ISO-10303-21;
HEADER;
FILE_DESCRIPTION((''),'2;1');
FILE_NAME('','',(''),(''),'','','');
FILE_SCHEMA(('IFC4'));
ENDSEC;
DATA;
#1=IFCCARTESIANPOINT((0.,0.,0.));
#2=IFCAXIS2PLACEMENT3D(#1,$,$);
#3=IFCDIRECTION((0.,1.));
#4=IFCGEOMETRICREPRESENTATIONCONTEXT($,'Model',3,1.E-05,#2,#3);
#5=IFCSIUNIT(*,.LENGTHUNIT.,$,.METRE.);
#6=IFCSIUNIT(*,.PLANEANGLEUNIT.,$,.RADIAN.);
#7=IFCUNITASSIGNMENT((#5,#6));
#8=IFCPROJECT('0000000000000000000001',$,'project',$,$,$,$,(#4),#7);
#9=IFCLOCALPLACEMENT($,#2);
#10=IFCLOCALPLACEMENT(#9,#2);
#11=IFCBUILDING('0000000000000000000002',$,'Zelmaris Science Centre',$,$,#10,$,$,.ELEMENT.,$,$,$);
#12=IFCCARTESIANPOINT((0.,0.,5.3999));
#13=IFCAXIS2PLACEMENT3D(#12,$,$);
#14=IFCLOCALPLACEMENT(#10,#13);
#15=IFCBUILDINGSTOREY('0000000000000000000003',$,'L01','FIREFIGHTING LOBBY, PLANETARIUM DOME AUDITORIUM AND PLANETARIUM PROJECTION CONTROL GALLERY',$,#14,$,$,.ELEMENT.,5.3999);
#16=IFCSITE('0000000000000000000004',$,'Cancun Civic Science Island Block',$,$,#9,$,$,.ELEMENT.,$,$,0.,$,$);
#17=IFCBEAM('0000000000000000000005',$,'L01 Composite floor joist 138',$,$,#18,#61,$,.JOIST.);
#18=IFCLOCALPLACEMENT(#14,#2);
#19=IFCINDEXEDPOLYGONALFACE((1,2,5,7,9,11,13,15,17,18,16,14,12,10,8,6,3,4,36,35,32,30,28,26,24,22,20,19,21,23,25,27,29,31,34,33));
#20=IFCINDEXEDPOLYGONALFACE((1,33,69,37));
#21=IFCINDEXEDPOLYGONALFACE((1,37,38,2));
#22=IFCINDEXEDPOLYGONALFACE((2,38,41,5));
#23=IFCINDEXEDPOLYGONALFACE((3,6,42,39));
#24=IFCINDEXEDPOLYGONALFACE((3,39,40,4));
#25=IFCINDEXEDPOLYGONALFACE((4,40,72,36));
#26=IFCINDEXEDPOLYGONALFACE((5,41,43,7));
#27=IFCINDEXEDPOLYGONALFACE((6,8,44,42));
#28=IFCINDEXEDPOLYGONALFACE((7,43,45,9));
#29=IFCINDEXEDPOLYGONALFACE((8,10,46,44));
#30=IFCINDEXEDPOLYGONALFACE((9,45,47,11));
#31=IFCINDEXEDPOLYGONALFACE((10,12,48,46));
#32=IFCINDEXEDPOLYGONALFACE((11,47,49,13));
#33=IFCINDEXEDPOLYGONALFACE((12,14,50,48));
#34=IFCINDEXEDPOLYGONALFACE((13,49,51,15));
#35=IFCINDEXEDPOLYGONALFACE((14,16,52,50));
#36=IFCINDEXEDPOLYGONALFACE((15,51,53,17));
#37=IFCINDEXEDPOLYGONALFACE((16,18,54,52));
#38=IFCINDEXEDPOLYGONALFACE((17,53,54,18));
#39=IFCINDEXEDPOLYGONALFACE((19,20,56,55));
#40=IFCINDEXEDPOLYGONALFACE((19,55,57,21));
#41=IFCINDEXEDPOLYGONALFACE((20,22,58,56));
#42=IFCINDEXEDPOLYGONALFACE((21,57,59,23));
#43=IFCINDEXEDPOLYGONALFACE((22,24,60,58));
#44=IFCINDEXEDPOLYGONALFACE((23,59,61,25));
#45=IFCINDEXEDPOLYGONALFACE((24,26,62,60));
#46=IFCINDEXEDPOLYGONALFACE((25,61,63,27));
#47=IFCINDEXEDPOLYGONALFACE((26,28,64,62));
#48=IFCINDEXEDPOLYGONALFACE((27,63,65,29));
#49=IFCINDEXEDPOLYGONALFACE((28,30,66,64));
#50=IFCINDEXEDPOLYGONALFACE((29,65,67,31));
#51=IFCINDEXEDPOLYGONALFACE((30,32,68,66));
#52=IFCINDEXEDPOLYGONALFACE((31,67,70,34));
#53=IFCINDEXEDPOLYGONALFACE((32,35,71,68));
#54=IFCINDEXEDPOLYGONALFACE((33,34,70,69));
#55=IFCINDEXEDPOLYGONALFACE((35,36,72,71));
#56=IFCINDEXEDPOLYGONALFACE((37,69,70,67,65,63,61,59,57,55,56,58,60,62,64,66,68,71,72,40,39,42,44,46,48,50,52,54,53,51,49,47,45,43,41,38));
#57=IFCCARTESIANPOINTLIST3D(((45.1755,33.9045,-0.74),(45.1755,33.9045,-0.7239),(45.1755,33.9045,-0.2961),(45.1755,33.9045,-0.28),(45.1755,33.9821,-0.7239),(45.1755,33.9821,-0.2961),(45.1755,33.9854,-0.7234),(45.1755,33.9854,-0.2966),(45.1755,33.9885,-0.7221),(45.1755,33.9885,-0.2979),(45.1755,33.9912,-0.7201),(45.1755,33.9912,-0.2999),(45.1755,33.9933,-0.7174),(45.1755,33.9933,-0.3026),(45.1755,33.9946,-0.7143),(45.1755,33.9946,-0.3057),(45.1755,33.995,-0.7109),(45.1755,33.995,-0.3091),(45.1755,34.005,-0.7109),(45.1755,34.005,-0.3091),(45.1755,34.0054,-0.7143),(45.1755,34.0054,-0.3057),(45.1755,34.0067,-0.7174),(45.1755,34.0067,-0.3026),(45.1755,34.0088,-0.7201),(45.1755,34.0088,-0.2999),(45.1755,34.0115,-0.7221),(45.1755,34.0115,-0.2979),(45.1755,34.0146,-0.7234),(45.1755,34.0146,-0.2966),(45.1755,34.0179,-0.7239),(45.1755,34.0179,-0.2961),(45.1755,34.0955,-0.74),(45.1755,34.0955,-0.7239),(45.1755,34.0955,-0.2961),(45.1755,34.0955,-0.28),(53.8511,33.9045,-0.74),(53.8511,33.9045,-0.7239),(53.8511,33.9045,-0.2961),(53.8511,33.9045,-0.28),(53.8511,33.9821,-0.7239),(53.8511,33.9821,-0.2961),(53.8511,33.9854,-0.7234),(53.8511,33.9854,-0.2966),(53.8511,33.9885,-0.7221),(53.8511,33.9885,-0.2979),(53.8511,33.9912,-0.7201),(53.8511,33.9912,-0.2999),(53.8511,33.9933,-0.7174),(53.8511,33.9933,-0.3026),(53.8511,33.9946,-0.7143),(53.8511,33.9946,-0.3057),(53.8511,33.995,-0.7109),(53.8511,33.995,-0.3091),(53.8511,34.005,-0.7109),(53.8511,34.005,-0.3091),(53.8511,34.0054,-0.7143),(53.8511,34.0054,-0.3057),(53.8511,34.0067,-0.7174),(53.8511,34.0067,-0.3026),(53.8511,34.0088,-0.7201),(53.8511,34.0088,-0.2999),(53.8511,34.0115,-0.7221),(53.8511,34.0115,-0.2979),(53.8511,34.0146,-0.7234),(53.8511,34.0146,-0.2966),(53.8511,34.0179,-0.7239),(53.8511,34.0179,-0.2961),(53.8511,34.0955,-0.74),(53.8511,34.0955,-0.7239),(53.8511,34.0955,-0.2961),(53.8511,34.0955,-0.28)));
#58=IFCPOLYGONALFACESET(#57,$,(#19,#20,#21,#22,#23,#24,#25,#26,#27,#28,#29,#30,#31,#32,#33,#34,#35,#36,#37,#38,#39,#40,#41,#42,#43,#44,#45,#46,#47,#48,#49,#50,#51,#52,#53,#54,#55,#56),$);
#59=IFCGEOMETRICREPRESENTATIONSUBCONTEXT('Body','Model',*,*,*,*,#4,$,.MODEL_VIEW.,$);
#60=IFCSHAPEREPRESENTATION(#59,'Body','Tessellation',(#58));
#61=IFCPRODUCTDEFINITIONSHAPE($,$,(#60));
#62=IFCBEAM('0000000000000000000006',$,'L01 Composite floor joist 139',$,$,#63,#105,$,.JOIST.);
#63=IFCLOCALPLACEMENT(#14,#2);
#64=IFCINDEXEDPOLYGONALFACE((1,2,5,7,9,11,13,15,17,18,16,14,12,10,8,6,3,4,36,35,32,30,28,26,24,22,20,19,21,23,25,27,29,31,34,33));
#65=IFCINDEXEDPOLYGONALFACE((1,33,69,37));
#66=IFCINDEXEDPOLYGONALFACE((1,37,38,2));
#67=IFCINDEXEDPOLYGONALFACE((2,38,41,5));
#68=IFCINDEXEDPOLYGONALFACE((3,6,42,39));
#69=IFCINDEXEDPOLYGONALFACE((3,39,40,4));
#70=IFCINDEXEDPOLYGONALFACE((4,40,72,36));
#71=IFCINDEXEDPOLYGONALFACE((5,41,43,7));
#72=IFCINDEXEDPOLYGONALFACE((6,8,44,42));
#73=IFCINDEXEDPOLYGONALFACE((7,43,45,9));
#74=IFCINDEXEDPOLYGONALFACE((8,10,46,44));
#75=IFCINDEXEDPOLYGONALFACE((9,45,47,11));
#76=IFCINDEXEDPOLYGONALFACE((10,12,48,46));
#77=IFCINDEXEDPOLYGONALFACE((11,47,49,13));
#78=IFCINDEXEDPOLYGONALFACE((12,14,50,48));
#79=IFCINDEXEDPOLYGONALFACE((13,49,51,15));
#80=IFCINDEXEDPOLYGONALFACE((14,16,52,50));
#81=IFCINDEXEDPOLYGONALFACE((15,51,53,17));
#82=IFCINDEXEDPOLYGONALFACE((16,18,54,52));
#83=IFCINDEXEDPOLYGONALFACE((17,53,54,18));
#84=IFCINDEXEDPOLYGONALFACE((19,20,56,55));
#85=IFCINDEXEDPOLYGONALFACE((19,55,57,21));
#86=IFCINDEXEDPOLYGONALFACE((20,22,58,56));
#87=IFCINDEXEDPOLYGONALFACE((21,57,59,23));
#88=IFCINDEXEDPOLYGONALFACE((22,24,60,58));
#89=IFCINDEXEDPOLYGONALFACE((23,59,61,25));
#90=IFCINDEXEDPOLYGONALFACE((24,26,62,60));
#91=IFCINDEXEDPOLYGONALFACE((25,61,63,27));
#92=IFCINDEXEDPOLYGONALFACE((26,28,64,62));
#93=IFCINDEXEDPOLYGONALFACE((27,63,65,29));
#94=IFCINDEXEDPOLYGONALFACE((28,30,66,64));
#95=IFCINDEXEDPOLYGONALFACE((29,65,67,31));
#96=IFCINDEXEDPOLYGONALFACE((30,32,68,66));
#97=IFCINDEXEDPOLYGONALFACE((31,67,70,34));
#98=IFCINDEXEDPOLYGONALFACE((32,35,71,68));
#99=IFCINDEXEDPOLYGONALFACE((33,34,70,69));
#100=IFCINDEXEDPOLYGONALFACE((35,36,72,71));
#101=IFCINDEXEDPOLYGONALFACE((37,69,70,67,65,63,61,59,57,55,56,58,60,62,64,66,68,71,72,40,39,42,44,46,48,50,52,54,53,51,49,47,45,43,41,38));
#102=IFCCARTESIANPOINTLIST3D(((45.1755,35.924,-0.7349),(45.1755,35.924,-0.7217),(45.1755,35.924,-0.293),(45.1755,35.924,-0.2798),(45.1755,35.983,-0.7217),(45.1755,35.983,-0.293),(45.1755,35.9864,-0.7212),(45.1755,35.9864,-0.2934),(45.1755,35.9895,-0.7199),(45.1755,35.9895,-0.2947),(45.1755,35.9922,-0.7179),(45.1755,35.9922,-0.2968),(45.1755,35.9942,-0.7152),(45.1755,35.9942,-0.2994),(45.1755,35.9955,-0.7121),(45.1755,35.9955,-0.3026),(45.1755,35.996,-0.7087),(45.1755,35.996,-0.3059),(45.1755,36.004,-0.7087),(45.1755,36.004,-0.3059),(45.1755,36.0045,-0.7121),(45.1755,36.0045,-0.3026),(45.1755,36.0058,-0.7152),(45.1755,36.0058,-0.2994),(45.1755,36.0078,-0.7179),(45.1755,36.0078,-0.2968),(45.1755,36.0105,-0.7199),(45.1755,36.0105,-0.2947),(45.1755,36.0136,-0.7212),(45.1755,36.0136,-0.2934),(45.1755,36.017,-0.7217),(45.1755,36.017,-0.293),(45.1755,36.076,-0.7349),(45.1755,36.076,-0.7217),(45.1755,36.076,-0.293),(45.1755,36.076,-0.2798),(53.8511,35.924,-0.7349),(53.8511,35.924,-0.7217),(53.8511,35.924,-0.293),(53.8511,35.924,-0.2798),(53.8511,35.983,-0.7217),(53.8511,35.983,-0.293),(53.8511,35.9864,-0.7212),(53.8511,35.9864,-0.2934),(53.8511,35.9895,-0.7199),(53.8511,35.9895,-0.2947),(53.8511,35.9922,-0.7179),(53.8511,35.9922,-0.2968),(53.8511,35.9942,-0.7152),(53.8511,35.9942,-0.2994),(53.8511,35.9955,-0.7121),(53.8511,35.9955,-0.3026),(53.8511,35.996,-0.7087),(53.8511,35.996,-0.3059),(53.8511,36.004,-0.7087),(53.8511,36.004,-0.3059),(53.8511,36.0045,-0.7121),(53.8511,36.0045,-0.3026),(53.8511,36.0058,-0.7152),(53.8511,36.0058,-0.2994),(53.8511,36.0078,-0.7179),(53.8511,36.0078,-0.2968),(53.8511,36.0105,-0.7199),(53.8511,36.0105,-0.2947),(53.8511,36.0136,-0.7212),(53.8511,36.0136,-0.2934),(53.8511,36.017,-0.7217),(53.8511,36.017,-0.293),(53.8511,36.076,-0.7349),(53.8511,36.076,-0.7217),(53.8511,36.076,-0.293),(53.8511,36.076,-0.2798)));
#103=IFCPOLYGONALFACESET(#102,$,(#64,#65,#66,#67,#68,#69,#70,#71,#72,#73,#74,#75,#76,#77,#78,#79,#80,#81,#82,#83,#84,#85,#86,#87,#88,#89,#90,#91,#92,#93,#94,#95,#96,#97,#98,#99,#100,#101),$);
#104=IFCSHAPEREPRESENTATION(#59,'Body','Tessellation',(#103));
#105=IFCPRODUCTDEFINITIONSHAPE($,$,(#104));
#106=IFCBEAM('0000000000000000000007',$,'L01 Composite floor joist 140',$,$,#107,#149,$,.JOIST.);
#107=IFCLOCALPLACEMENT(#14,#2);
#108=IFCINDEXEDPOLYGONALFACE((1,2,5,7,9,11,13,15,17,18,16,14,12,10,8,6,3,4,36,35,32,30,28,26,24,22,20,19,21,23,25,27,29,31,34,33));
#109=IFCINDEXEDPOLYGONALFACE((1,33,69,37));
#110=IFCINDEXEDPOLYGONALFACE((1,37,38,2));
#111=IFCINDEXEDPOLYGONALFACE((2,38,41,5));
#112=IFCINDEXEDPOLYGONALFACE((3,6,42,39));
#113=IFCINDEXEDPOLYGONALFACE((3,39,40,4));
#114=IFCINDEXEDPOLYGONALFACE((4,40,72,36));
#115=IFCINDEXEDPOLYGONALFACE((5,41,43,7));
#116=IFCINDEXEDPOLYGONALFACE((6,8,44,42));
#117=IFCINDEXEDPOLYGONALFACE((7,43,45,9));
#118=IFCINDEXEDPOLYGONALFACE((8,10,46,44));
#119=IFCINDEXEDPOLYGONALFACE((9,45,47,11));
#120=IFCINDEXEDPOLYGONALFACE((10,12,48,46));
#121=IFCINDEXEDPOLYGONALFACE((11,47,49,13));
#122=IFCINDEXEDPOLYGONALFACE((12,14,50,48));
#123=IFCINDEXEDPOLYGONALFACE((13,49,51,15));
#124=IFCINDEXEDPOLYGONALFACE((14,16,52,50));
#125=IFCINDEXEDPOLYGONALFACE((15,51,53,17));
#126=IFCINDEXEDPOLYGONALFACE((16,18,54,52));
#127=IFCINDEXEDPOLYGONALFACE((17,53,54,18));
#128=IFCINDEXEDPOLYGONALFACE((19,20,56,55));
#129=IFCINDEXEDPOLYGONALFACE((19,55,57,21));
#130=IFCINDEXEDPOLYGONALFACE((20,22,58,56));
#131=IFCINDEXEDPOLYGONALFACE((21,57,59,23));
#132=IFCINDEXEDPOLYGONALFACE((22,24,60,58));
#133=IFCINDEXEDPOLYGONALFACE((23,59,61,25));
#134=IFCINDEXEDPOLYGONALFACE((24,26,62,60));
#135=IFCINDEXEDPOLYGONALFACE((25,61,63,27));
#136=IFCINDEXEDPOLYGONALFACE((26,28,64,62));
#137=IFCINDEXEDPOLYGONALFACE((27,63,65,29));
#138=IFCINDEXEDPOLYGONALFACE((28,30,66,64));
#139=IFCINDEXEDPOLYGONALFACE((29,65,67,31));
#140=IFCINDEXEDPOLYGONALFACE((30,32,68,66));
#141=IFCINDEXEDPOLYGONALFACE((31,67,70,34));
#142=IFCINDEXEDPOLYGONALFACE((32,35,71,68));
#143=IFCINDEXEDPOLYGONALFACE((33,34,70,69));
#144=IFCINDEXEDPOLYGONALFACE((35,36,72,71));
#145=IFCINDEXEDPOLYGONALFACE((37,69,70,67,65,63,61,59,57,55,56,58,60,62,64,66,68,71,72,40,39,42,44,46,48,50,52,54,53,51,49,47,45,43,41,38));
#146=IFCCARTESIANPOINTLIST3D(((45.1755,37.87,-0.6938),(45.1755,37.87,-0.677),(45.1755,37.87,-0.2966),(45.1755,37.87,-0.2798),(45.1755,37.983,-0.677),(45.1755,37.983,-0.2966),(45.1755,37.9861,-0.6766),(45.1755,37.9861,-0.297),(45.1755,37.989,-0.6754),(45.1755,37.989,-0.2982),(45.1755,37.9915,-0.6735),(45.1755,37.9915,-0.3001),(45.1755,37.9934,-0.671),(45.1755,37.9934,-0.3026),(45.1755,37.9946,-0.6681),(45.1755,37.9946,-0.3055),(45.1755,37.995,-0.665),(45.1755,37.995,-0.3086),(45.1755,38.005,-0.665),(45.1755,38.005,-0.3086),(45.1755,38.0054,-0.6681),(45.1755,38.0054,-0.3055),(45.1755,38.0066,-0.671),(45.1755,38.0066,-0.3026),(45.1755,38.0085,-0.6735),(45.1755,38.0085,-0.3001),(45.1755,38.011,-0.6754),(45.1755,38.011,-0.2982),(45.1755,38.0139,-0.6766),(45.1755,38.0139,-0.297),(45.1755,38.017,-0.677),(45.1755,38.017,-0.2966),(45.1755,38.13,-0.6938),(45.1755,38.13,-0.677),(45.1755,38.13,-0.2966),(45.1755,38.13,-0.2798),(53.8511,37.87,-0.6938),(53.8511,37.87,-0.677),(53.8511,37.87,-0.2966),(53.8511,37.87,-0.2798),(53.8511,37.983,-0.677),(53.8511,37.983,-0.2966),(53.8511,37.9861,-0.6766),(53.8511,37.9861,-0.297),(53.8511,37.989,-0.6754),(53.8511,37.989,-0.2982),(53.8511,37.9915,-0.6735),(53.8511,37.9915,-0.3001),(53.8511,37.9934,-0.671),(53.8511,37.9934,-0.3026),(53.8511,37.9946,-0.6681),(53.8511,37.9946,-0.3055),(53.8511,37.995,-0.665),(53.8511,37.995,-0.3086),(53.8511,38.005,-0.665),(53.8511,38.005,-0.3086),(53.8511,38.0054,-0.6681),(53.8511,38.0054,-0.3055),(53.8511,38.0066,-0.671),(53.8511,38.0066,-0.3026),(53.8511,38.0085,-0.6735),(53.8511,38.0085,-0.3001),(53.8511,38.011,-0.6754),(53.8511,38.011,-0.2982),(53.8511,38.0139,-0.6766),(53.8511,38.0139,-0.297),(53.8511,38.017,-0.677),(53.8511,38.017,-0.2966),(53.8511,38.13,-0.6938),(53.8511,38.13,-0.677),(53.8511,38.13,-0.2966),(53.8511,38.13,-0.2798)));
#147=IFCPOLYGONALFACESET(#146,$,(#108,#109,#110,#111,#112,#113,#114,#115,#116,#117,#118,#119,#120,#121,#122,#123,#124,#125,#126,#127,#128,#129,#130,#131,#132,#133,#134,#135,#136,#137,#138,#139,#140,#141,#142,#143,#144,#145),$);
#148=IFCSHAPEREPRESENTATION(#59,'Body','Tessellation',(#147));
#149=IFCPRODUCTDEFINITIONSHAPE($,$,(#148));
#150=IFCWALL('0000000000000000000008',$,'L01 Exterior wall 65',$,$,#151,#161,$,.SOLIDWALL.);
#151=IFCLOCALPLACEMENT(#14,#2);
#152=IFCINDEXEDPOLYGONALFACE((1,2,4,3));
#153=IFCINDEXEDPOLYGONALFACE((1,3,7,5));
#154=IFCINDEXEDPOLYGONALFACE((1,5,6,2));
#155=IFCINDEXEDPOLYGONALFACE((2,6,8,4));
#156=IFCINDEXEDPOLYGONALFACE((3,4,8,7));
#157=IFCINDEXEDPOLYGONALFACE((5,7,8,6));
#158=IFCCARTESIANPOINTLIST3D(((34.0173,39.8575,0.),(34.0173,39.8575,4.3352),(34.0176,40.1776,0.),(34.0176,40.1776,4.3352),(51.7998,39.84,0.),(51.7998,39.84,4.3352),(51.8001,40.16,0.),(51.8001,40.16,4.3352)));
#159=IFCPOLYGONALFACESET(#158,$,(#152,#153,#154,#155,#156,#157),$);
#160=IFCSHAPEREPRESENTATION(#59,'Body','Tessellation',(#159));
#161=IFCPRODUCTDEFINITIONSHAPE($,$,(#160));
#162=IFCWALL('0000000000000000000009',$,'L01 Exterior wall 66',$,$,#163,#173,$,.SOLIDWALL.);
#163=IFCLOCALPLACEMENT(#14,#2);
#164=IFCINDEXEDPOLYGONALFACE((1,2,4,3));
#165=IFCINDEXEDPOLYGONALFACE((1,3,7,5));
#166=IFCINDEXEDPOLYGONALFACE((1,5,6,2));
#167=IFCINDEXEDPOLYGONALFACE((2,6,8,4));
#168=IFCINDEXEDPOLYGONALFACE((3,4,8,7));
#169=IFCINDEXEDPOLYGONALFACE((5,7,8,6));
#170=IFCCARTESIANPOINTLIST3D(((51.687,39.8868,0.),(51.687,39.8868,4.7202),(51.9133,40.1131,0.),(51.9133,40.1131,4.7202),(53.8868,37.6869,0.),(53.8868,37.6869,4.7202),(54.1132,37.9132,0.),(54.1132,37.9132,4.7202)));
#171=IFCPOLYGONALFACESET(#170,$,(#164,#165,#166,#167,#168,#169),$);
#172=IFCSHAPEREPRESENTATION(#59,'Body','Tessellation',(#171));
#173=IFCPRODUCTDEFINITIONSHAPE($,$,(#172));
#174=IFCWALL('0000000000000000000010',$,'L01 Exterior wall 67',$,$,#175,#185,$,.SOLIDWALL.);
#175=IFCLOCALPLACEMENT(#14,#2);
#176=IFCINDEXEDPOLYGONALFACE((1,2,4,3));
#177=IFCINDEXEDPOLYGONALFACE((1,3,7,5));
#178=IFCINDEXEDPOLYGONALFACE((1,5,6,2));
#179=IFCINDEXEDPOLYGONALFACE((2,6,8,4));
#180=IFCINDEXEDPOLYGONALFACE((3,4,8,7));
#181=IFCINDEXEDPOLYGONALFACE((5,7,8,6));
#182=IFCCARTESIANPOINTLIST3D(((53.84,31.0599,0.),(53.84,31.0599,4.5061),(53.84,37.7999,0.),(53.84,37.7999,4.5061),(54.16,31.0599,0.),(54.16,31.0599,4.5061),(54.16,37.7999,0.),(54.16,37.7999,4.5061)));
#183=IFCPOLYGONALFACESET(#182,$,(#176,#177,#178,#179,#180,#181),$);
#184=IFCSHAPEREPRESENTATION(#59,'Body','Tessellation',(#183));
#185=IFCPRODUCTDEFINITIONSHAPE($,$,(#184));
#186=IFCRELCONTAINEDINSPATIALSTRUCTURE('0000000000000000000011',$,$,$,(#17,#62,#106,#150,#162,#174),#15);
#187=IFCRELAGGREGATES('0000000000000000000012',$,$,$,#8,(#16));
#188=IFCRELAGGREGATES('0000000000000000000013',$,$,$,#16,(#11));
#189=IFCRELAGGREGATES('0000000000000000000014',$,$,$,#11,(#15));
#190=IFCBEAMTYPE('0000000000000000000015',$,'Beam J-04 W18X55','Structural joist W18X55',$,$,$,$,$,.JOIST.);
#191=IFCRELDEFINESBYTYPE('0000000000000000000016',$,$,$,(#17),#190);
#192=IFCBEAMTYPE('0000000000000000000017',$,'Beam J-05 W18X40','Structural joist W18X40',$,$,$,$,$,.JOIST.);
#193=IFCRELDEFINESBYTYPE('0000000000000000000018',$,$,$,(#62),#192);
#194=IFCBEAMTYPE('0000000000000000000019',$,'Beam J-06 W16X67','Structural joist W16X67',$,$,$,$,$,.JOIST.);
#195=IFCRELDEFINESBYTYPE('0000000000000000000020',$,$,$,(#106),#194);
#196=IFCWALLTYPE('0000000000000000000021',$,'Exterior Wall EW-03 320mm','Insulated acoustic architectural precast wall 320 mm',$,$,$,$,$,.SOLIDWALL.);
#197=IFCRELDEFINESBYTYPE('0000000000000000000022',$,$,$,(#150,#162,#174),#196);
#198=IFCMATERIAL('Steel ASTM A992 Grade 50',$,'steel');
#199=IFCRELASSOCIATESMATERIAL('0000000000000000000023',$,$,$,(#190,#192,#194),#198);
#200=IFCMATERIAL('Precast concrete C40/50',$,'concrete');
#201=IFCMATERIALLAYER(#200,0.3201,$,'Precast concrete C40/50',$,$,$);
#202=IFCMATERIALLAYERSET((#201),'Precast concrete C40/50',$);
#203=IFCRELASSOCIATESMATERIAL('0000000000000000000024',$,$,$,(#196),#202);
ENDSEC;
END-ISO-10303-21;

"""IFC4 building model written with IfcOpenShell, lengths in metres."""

from ifc_helpers import new_model, si_unit, direction, frame, frame_2d, origin, origin_2d, place, context, subcontext, project, spatial, rectangle, i_section, extrude, material, layer, layer_set, material_profile, profile_set, type_object, element, save


model = new_model("IFC4")

# Units and contexts
model_context = context("Model", 3, precision=1e-05, world=origin(), true_north=direction((0.0, 1.0)))
body_context = subcontext(model_context, "Body", "Model", "MODEL_VIEW")
ifc_project = project(units=[si_unit("LENGTHUNIT", "METRE"), si_unit("PLANEANGLEUNIT", "RADIAN")], contexts=[model_context])

# Site, building, storey
site_placement = place(None, origin())
site = spatial("IfcSite", under=ifc_project, at=site_placement, Name="Cancun Civic Science Island Block", CompositionType="ELEMENT", RefElevation=0.0)
building_placement = place(site_placement, origin())
building = spatial("IfcBuilding", under=site, at=building_placement, Name="Zelmaris Science Centre", CompositionType="ELEMENT")
storey_placement = place(building_placement, frame((0.0, 0.0, 5.3999)))
storey = spatial("IfcBuildingStorey", under=building, at=storey_placement, Name="L01", Description="FIREFIGHTING LOBBY, PLANETARIUM DOME AUDITORIUM AND PLANETARIUM PROJECTION CONTROL GALLERY", CompositionType="ELEMENT", Elevation=5.3999)

# Shared definitions
ifc_material_1 = material(Name="Steel ASTM A992 Grade 50", Category="steel")

# Beams
ifc_material_profile_1 = material_profile(ifc_material_1, i_section(OverallWidth=0.1909, OverallDepth=0.46, WebThickness=0.01, FlangeThickness=0.0161, FilletRadius=0.0129, at=origin_2d()), Name="W18X55")
ifc_profile_set_1 = profile_set([ifc_material_profile_1], Name="Steel ASTM A992 Grade 50")
beam_type_1 = type_object("IfcBeamType", Name="Beam J-04 W18X55", Description="Structural joist W18X55", PredefinedType="JOIST", material=ifc_profile_set_1)
beam_1_placement = place(storey_placement, frame((45.1755, 34.0, -0.51), z_axis=(1.0, 0.0, 0.0), x_axis=(0.0, 1.0, 0.0)))
element("IfcBeam", 1, at=beam_1_placement, inside=storey, type_object=beam_type_1, Name="L01 Composite floor joist 138", PredefinedType="JOIST", context=body_context, shape_type="SweptSolid", body=[
    extrude(i_section(OverallWidth=0.1909, OverallDepth=0.46, WebThickness=0.01, FlangeThickness=0.0161, FilletRadius=0.0129, at=origin_2d()), origin(), (0.0, 0.0, 1.0), 8.6755),
])
ifc_material_profile_2 = material_profile(ifc_material_1, i_section(OverallWidth=0.1521, OverallDepth=0.4551, WebThickness=0.0081, FlangeThickness=0.0132, FilletRadius=0.0129, at=origin_2d()), Name="W18X40")
ifc_profile_set_2 = profile_set([ifc_material_profile_2], Name="Steel ASTM A992 Grade 50")
beam_type_2 = type_object("IfcBeamType", Name="Beam J-05 W18X40", Description="Structural joist W18X40", PredefinedType="JOIST", material=ifc_profile_set_2)
beam_2_placement = place(storey_placement, frame((45.1755, 36.0, -0.5073), z_axis=(1.0, 0.0, 0.0), x_axis=(0.0, 1.0, 0.0)))
element("IfcBeam", 2, at=beam_2_placement, inside=storey, type_object=beam_type_2, Name="L01 Composite floor joist 139", PredefinedType="JOIST", context=body_context, shape_type="SweptSolid", body=[
    extrude(i_section(OverallWidth=0.1521, OverallDepth=0.4551, WebThickness=0.0081, FlangeThickness=0.0132, FilletRadius=0.0129, at=origin_2d()), origin(), (0.0, 0.0, 1.0), 8.6755),
])
ifc_material_profile_3 = material_profile(ifc_material_1, i_section(OverallWidth=0.26, OverallDepth=0.4141, WebThickness=0.01, FlangeThickness=0.0168, FilletRadius=0.012, at=origin_2d()), Name="W16X67")
ifc_profile_set_3 = profile_set([ifc_material_profile_3], Name="Steel ASTM A992 Grade 50")
beam_type_3 = type_object("IfcBeamType", Name="Beam J-06 W16X67", Description="Structural joist W16X67", PredefinedType="JOIST", material=ifc_profile_set_3)
beam_3_placement = place(storey_placement, frame((45.1755, 38.0, -0.4868), z_axis=(1.0, 0.0, 0.0), x_axis=(0.0, 1.0, 0.0)))
element("IfcBeam", 3, at=beam_3_placement, inside=storey, type_object=beam_type_3, Name="L01 Composite floor joist 140", PredefinedType="JOIST", context=body_context, shape_type="SweptSolid", body=[
    extrude(i_section(OverallWidth=0.26, OverallDepth=0.4141, WebThickness=0.01, FlangeThickness=0.0168, FilletRadius=0.012, at=origin_2d()), origin(), (0.0, 0.0, 1.0), 8.6755),
])

# Walls
ifc_material_2 = material(Name="Precast concrete C40/50", Category="concrete")
ifc_layer_1 = layer(ifc_material_2, 0.3201, Name="Precast concrete C40/50")
ifc_layer_set_1 = layer_set([ifc_layer_1], Name="Precast concrete C40/50")
wall_type_1 = type_object("IfcWallType", Name="Exterior Wall EW-03 320mm", Description="Insulated acoustic architectural precast wall 320 mm", PredefinedType="SOLIDWALL", material=ifc_layer_set_1)
wall_1_placement = place(storey_placement, frame((34.0176, 40.0176, 0.0), z_axis=(0.0, 0.0, 1.0), x_axis=(1.0, -0.000989, 0.0)))
element("IfcWall", 4, at=wall_1_placement, inside=storey, type_object=wall_type_1, Name="L01 Exterior wall 65", PredefinedType="SOLIDWALL", context=body_context, shape_type="SweptSolid", body=[
    extrude(rectangle(XDim=17.7825, YDim=0.3201, at=frame_2d((8.8911, 0.0))), origin(), (0.0, 0.0, 1.0), 4.3352),
])
wall_2_placement = place(storey_placement, frame((51.8, 40.0, 0.0), z_axis=(0.0, 0.0, 1.0), x_axis=(0.707107, -0.707107, 0.0)))
element("IfcWall", 5, at=wall_2_placement, inside=storey, type_object=wall_type_1, Name="L01 Exterior wall 66", PredefinedType="SOLIDWALL", context=body_context, shape_type="SweptSolid", body=[
    extrude(rectangle(XDim=3.1111, YDim=0.3201, at=frame_2d((1.5557, 0.0))), origin(), (0.0, 0.0, 1.0), 4.7202),
])
wall_3_placement = place(storey_placement, frame((54.0, 37.8, 0.0), z_axis=(0.0, 0.0, 1.0), x_axis=(0.0, -1.0, 0.0)))
element("IfcWall", 6, at=wall_3_placement, inside=storey, type_object=wall_type_1, Name="L01 Exterior wall 67", PredefinedType="SOLIDWALL", context=body_context, shape_type="SweptSolid", body=[
    extrude(rectangle(XDim=6.74, YDim=0.3201, at=frame_2d((3.3701, 0.0))), origin(), (0.0, 0.0, 1.0), 4.5061),
])

save(model, "model.ifc")
